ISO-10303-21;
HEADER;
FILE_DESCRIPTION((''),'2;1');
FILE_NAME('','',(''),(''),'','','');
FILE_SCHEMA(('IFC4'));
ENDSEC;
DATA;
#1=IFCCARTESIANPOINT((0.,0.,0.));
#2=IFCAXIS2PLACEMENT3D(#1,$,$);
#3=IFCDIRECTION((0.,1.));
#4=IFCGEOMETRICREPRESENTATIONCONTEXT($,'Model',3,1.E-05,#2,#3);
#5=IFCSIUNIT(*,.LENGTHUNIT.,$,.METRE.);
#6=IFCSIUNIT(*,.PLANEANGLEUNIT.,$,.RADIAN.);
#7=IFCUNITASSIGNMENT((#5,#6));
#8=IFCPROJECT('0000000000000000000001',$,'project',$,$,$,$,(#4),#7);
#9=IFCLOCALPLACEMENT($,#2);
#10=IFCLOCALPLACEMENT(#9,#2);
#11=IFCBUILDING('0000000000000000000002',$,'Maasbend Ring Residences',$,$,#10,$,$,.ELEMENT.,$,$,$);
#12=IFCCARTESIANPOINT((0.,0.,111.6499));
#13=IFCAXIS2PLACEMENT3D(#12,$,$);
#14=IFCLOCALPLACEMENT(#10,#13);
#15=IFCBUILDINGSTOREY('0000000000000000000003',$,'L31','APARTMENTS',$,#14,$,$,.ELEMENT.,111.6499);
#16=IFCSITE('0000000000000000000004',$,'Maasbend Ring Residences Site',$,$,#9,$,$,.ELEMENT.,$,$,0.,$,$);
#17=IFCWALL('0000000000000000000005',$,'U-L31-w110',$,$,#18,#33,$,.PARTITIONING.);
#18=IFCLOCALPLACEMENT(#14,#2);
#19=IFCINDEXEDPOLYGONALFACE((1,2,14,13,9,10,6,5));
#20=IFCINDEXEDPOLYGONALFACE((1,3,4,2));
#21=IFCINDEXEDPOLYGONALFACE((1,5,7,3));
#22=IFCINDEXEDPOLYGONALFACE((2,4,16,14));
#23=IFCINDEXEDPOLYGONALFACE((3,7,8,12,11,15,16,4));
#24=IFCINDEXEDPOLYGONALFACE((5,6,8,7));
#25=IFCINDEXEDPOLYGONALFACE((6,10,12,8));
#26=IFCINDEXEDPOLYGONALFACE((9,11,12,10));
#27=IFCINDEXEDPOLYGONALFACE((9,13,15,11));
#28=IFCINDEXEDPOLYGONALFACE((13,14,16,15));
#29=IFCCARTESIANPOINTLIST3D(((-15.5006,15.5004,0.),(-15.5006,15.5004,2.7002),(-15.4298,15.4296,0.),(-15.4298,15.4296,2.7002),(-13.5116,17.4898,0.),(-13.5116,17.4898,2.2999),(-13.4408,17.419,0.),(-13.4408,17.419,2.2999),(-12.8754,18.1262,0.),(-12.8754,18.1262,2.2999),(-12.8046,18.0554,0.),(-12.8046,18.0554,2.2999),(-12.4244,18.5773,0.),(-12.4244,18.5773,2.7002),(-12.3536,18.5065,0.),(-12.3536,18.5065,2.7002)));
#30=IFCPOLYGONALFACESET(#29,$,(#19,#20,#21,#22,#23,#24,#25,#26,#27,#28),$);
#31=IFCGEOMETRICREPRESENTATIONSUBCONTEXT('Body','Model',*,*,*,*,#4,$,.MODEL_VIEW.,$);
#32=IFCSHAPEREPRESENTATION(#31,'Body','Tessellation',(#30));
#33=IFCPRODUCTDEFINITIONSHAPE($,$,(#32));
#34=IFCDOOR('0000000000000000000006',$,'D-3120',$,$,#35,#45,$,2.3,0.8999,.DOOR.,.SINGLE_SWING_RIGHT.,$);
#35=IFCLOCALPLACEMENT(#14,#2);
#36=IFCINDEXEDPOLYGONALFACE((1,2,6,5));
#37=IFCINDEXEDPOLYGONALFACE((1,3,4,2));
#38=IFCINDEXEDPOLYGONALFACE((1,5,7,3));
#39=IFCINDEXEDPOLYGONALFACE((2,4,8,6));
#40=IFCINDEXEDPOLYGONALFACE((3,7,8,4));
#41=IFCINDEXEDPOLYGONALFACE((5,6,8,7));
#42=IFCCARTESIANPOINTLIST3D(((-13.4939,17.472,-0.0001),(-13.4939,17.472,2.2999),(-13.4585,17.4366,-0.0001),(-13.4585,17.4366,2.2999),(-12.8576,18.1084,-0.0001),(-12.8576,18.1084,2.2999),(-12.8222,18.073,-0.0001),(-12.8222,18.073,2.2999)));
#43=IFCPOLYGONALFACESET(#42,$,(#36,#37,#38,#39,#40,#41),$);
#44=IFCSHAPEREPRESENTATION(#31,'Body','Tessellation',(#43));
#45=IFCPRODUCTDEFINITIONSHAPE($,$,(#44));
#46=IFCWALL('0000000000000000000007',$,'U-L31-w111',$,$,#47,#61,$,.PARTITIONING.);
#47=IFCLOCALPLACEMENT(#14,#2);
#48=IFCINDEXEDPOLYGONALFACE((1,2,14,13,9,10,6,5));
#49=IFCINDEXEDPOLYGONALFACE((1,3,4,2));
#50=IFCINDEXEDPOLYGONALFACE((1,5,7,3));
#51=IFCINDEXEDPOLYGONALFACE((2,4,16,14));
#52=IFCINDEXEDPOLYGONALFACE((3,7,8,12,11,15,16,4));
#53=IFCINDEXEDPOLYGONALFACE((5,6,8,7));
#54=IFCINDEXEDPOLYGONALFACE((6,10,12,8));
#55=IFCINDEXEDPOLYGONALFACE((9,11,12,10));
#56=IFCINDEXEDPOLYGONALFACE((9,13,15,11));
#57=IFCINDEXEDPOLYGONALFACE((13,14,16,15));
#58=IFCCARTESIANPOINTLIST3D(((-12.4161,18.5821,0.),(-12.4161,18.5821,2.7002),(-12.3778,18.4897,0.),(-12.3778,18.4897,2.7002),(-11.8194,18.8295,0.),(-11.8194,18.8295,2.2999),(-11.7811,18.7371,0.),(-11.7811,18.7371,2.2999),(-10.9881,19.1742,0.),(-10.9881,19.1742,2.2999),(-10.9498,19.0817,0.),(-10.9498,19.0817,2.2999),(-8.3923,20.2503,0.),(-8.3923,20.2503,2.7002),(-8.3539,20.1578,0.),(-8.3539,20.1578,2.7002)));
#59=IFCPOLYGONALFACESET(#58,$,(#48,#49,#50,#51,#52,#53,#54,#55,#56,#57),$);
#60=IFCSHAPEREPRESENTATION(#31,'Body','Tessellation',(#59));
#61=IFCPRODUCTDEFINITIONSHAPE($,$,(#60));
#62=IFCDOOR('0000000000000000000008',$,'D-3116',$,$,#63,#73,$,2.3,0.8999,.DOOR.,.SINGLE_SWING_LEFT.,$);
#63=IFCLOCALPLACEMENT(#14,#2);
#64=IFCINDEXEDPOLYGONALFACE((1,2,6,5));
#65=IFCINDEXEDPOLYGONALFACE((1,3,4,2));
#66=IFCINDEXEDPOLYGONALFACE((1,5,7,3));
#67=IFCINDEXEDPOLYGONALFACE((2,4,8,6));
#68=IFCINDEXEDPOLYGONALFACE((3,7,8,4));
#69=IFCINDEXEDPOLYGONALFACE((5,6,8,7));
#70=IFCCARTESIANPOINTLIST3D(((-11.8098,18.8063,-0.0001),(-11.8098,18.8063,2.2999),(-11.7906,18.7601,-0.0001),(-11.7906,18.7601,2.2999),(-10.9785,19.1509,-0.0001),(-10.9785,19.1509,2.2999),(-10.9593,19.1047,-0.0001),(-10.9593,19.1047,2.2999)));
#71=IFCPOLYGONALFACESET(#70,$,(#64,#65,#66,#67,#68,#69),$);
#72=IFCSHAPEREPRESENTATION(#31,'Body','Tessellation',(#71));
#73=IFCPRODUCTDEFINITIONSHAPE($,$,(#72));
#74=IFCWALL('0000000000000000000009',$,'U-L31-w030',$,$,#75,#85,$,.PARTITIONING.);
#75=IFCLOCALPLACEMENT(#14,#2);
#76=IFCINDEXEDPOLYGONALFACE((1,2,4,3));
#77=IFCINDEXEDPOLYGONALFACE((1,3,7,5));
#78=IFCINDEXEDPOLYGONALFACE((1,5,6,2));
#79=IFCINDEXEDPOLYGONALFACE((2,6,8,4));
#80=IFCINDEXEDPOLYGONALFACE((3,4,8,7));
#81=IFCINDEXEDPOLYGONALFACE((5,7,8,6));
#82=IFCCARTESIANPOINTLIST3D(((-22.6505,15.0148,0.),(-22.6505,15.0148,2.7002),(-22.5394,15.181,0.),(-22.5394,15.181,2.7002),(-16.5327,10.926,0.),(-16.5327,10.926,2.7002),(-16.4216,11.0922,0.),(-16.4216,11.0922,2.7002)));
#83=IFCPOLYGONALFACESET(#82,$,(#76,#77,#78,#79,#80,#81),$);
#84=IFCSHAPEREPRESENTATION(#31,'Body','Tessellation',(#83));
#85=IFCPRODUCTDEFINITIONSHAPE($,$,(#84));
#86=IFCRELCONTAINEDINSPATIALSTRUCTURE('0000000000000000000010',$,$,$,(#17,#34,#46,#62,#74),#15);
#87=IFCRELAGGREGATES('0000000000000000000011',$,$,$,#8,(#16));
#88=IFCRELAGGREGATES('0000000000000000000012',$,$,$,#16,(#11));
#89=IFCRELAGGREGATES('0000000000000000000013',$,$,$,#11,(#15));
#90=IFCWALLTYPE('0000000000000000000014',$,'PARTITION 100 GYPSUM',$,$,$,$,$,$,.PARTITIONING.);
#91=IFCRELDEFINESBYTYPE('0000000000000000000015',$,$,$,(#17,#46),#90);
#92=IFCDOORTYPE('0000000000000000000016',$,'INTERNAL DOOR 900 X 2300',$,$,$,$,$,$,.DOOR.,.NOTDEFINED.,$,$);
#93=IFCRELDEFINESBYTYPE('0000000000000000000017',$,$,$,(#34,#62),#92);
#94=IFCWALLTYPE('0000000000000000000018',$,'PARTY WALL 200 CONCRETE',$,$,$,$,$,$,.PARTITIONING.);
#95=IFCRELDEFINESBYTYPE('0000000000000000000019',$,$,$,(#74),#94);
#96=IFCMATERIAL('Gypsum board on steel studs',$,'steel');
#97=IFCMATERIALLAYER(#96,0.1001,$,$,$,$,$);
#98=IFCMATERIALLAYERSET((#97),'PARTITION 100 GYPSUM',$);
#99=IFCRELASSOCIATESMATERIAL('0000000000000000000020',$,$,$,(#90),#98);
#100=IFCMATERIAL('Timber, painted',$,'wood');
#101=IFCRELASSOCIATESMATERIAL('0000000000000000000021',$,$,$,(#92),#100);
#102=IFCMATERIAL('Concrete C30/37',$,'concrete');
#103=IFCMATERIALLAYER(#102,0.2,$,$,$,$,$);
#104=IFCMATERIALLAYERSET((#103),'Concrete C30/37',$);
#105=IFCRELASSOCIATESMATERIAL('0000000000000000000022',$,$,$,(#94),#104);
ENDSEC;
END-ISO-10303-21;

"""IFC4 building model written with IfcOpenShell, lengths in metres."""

from ifc_helpers import new_model, si_unit, direction, frame, frame_2d, origin, place, context, subcontext, project, spatial, rectangle, extrude, material, layer, layer_set, type_object, element, fill, save


model = new_model("IFC4")

# Units and contexts
model_context = context("Model", 3, precision=1e-05, world=origin(), true_north=direction((0.0, 1.0)))
body_context = subcontext(model_context, "Body", "Model", "MODEL_VIEW")
ifc_project = project(units=[si_unit("LENGTHUNIT", "METRE"), si_unit("PLANEANGLEUNIT", "RADIAN")], contexts=[model_context])

# Site, building, storey
site_placement = place(None, origin())
site = spatial("IfcSite", under=ifc_project, at=site_placement, Name="Maasbend Ring Residences Site", CompositionType="ELEMENT", RefElevation=0.0)
building_placement = place(site_placement, origin())
building = spatial("IfcBuilding", under=site, at=building_placement, Name="Maasbend Ring Residences", CompositionType="ELEMENT")
storey_placement = place(building_placement, frame((0.0, 0.0, 111.6499)))
storey = spatial("IfcBuildingStorey", under=building, at=storey_placement, Name="L31", Description="APARTMENTS", CompositionType="ELEMENT", Elevation=111.6499)

# Shared definitions
ifc_material_1 = material(Name="Gypsum board on steel studs", Category="steel")
ifc_layer_1 = layer(ifc_material_1, 0.1001)
ifc_layer_set_1 = layer_set([ifc_layer_1], Name="PARTITION 100 GYPSUM")
wall_type_1 = type_object("IfcWallType", Name="PARTITION 100 GYPSUM", PredefinedType="PARTITIONING", material=ifc_layer_set_1)
ifc_material_2 = material(Name="Timber, painted", Category="wood")
door_type_1 = type_object("IfcDoorType", Name="INTERNAL DOOR 900 X 2300", OperationType="NOTDEFINED", PredefinedType="DOOR", material=ifc_material_2)

# Walls, openings, doors
wall_1_placement = place(storey_placement, frame((-15.4651, 15.4651, 0.0), z_axis=(0.0, 0.0, 1.0), x_axis=(0.707023, 0.707191, 0.0)))
wall_1 = element("IfcWall", 1, at=wall_1_placement, inside=storey, type_object=wall_type_1, Name="U-L31-w110", PredefinedType="PARTITIONING", context=body_context, shape_type="SweptSolid", body=[
    extrude(rectangle(XDim=4.3508, YDim=0.1001, at=frame_2d((2.1753, 0.0))), origin(), (0.0, 0.0, 1.0), 2.7002),
])
opening_1_placement = place(wall_1_placement, frame((2.813, 0.0, 0.0)))
opening_1 = element("IfcOpeningElement", 2, at=opening_1_placement, cuts=wall_1, PredefinedType="OPENING", context=body_context, shape_type="SweptSolid", body=[
    extrude(rectangle(XDim=0.8999, YDim=2.3, at=frame_2d((0.45, 1.1499))), frame((0.0, 0.0601, 0.0), z_axis=(0.0, -1.0, 0.0), x_axis=(1.0, 0.0, 0.0)), (0.0, 0.0, 1.0), 0.1201),
])
door_1_placement = place(opening_1_placement, origin())
door_1 = element("IfcDoor", 3, at=door_1_placement, inside=storey, type_object=door_type_1, Name="D-3120", OperationType="SINGLE_SWING_RIGHT", OverallHeight=2.3, OverallWidth=0.8999, PredefinedType="DOOR", context=body_context, shape_type="SweptSolid", body=[
    extrude(rectangle(XDim=0.8999, YDim=2.3, at=frame_2d((0.45, 1.1499))), frame((0.0, 0.0249, 0.0), z_axis=(0.0, -1.0, 0.0), x_axis=(1.0, 0.0, 0.0)), (0.0, 0.0, 1.0), 0.05),
])
fill(opening_1, door_1)
wall_2_placement = place(storey_placement, frame((-12.397, 18.5359, 0.0), z_axis=(0.0, 0.0, 1.0), x_axis=(0.923762, 0.382967, 0.0)))
wall_2 = element("IfcWall", 4, at=wall_2_placement, inside=storey, type_object=wall_type_1, Name="U-L31-w111", PredefinedType="PARTITIONING", context=body_context, shape_type="SweptSolid", body=[
    extrude(rectangle(XDim=4.356, YDim=0.1001, at=frame_2d((2.178, 0.0))), origin(), (0.0, 0.0, 1.0), 2.7002),
])
opening_2_placement = place(wall_2_placement, frame((0.646, 0.0, 0.0)))
opening_2 = element("IfcOpeningElement", 5, at=opening_2_placement, cuts=wall_2, PredefinedType="OPENING", context=body_context, shape_type="SweptSolid", body=[
    extrude(rectangle(XDim=0.8999, YDim=2.3, at=frame_2d((0.45, 1.1499))), frame((0.0, 0.0601, 0.0), z_axis=(0.0, -1.0, 0.0), x_axis=(1.0, 0.0, 0.0)), (0.0, 0.0, 1.0), 0.1201),
])
door_2_placement = place(opening_2_placement, origin())
door_2 = element("IfcDoor", 6, at=door_2_placement, inside=storey, type_object=door_type_1, Name="D-3116", OperationType="SINGLE_SWING_LEFT", OverallHeight=2.3, OverallWidth=0.8999, PredefinedType="DOOR", context=body_context, shape_type="SweptSolid", body=[
    extrude(rectangle(XDim=0.8999, YDim=2.3, at=frame_2d((0.45, 1.1499))), frame((0.0, 0.0249, 0.0), z_axis=(0.0, -1.0, 0.0), x_axis=(1.0, 0.0, 0.0)), (0.0, 0.0, 1.0), 0.05),
])
fill(opening_2, door_2)

# Wall
ifc_material_3 = material(Name="Concrete C30/37", Category="concrete")
ifc_layer_2 = layer(ifc_material_3, 0.2)
ifc_layer_set_2 = layer_set([ifc_layer_2], Name="Concrete C30/37")
wall_type_2 = type_object("IfcWallType", Name="PARTY WALL 200 CONCRETE", PredefinedType="PARTITIONING", material=ifc_layer_set_2)
wall_3_placement = place(storey_placement, frame((-22.595, 15.0979, 0.0), z_axis=(0.0, 0.0, 1.0), x_axis=(0.831407, -0.555665, 0.0)))
element("IfcWall", 7, at=wall_3_placement, inside=storey, type_object=wall_type_2, Name="U-L31-w030", PredefinedType="PARTITIONING", context=body_context, shape_type="SweptSolid", body=[
    extrude(rectangle(XDim=7.3584, YDim=0.2, at=frame_2d((3.6792, 0.0))), origin(), (0.0, 0.0, 1.0), 2.7002),
])

save(model, "model.ifc")
